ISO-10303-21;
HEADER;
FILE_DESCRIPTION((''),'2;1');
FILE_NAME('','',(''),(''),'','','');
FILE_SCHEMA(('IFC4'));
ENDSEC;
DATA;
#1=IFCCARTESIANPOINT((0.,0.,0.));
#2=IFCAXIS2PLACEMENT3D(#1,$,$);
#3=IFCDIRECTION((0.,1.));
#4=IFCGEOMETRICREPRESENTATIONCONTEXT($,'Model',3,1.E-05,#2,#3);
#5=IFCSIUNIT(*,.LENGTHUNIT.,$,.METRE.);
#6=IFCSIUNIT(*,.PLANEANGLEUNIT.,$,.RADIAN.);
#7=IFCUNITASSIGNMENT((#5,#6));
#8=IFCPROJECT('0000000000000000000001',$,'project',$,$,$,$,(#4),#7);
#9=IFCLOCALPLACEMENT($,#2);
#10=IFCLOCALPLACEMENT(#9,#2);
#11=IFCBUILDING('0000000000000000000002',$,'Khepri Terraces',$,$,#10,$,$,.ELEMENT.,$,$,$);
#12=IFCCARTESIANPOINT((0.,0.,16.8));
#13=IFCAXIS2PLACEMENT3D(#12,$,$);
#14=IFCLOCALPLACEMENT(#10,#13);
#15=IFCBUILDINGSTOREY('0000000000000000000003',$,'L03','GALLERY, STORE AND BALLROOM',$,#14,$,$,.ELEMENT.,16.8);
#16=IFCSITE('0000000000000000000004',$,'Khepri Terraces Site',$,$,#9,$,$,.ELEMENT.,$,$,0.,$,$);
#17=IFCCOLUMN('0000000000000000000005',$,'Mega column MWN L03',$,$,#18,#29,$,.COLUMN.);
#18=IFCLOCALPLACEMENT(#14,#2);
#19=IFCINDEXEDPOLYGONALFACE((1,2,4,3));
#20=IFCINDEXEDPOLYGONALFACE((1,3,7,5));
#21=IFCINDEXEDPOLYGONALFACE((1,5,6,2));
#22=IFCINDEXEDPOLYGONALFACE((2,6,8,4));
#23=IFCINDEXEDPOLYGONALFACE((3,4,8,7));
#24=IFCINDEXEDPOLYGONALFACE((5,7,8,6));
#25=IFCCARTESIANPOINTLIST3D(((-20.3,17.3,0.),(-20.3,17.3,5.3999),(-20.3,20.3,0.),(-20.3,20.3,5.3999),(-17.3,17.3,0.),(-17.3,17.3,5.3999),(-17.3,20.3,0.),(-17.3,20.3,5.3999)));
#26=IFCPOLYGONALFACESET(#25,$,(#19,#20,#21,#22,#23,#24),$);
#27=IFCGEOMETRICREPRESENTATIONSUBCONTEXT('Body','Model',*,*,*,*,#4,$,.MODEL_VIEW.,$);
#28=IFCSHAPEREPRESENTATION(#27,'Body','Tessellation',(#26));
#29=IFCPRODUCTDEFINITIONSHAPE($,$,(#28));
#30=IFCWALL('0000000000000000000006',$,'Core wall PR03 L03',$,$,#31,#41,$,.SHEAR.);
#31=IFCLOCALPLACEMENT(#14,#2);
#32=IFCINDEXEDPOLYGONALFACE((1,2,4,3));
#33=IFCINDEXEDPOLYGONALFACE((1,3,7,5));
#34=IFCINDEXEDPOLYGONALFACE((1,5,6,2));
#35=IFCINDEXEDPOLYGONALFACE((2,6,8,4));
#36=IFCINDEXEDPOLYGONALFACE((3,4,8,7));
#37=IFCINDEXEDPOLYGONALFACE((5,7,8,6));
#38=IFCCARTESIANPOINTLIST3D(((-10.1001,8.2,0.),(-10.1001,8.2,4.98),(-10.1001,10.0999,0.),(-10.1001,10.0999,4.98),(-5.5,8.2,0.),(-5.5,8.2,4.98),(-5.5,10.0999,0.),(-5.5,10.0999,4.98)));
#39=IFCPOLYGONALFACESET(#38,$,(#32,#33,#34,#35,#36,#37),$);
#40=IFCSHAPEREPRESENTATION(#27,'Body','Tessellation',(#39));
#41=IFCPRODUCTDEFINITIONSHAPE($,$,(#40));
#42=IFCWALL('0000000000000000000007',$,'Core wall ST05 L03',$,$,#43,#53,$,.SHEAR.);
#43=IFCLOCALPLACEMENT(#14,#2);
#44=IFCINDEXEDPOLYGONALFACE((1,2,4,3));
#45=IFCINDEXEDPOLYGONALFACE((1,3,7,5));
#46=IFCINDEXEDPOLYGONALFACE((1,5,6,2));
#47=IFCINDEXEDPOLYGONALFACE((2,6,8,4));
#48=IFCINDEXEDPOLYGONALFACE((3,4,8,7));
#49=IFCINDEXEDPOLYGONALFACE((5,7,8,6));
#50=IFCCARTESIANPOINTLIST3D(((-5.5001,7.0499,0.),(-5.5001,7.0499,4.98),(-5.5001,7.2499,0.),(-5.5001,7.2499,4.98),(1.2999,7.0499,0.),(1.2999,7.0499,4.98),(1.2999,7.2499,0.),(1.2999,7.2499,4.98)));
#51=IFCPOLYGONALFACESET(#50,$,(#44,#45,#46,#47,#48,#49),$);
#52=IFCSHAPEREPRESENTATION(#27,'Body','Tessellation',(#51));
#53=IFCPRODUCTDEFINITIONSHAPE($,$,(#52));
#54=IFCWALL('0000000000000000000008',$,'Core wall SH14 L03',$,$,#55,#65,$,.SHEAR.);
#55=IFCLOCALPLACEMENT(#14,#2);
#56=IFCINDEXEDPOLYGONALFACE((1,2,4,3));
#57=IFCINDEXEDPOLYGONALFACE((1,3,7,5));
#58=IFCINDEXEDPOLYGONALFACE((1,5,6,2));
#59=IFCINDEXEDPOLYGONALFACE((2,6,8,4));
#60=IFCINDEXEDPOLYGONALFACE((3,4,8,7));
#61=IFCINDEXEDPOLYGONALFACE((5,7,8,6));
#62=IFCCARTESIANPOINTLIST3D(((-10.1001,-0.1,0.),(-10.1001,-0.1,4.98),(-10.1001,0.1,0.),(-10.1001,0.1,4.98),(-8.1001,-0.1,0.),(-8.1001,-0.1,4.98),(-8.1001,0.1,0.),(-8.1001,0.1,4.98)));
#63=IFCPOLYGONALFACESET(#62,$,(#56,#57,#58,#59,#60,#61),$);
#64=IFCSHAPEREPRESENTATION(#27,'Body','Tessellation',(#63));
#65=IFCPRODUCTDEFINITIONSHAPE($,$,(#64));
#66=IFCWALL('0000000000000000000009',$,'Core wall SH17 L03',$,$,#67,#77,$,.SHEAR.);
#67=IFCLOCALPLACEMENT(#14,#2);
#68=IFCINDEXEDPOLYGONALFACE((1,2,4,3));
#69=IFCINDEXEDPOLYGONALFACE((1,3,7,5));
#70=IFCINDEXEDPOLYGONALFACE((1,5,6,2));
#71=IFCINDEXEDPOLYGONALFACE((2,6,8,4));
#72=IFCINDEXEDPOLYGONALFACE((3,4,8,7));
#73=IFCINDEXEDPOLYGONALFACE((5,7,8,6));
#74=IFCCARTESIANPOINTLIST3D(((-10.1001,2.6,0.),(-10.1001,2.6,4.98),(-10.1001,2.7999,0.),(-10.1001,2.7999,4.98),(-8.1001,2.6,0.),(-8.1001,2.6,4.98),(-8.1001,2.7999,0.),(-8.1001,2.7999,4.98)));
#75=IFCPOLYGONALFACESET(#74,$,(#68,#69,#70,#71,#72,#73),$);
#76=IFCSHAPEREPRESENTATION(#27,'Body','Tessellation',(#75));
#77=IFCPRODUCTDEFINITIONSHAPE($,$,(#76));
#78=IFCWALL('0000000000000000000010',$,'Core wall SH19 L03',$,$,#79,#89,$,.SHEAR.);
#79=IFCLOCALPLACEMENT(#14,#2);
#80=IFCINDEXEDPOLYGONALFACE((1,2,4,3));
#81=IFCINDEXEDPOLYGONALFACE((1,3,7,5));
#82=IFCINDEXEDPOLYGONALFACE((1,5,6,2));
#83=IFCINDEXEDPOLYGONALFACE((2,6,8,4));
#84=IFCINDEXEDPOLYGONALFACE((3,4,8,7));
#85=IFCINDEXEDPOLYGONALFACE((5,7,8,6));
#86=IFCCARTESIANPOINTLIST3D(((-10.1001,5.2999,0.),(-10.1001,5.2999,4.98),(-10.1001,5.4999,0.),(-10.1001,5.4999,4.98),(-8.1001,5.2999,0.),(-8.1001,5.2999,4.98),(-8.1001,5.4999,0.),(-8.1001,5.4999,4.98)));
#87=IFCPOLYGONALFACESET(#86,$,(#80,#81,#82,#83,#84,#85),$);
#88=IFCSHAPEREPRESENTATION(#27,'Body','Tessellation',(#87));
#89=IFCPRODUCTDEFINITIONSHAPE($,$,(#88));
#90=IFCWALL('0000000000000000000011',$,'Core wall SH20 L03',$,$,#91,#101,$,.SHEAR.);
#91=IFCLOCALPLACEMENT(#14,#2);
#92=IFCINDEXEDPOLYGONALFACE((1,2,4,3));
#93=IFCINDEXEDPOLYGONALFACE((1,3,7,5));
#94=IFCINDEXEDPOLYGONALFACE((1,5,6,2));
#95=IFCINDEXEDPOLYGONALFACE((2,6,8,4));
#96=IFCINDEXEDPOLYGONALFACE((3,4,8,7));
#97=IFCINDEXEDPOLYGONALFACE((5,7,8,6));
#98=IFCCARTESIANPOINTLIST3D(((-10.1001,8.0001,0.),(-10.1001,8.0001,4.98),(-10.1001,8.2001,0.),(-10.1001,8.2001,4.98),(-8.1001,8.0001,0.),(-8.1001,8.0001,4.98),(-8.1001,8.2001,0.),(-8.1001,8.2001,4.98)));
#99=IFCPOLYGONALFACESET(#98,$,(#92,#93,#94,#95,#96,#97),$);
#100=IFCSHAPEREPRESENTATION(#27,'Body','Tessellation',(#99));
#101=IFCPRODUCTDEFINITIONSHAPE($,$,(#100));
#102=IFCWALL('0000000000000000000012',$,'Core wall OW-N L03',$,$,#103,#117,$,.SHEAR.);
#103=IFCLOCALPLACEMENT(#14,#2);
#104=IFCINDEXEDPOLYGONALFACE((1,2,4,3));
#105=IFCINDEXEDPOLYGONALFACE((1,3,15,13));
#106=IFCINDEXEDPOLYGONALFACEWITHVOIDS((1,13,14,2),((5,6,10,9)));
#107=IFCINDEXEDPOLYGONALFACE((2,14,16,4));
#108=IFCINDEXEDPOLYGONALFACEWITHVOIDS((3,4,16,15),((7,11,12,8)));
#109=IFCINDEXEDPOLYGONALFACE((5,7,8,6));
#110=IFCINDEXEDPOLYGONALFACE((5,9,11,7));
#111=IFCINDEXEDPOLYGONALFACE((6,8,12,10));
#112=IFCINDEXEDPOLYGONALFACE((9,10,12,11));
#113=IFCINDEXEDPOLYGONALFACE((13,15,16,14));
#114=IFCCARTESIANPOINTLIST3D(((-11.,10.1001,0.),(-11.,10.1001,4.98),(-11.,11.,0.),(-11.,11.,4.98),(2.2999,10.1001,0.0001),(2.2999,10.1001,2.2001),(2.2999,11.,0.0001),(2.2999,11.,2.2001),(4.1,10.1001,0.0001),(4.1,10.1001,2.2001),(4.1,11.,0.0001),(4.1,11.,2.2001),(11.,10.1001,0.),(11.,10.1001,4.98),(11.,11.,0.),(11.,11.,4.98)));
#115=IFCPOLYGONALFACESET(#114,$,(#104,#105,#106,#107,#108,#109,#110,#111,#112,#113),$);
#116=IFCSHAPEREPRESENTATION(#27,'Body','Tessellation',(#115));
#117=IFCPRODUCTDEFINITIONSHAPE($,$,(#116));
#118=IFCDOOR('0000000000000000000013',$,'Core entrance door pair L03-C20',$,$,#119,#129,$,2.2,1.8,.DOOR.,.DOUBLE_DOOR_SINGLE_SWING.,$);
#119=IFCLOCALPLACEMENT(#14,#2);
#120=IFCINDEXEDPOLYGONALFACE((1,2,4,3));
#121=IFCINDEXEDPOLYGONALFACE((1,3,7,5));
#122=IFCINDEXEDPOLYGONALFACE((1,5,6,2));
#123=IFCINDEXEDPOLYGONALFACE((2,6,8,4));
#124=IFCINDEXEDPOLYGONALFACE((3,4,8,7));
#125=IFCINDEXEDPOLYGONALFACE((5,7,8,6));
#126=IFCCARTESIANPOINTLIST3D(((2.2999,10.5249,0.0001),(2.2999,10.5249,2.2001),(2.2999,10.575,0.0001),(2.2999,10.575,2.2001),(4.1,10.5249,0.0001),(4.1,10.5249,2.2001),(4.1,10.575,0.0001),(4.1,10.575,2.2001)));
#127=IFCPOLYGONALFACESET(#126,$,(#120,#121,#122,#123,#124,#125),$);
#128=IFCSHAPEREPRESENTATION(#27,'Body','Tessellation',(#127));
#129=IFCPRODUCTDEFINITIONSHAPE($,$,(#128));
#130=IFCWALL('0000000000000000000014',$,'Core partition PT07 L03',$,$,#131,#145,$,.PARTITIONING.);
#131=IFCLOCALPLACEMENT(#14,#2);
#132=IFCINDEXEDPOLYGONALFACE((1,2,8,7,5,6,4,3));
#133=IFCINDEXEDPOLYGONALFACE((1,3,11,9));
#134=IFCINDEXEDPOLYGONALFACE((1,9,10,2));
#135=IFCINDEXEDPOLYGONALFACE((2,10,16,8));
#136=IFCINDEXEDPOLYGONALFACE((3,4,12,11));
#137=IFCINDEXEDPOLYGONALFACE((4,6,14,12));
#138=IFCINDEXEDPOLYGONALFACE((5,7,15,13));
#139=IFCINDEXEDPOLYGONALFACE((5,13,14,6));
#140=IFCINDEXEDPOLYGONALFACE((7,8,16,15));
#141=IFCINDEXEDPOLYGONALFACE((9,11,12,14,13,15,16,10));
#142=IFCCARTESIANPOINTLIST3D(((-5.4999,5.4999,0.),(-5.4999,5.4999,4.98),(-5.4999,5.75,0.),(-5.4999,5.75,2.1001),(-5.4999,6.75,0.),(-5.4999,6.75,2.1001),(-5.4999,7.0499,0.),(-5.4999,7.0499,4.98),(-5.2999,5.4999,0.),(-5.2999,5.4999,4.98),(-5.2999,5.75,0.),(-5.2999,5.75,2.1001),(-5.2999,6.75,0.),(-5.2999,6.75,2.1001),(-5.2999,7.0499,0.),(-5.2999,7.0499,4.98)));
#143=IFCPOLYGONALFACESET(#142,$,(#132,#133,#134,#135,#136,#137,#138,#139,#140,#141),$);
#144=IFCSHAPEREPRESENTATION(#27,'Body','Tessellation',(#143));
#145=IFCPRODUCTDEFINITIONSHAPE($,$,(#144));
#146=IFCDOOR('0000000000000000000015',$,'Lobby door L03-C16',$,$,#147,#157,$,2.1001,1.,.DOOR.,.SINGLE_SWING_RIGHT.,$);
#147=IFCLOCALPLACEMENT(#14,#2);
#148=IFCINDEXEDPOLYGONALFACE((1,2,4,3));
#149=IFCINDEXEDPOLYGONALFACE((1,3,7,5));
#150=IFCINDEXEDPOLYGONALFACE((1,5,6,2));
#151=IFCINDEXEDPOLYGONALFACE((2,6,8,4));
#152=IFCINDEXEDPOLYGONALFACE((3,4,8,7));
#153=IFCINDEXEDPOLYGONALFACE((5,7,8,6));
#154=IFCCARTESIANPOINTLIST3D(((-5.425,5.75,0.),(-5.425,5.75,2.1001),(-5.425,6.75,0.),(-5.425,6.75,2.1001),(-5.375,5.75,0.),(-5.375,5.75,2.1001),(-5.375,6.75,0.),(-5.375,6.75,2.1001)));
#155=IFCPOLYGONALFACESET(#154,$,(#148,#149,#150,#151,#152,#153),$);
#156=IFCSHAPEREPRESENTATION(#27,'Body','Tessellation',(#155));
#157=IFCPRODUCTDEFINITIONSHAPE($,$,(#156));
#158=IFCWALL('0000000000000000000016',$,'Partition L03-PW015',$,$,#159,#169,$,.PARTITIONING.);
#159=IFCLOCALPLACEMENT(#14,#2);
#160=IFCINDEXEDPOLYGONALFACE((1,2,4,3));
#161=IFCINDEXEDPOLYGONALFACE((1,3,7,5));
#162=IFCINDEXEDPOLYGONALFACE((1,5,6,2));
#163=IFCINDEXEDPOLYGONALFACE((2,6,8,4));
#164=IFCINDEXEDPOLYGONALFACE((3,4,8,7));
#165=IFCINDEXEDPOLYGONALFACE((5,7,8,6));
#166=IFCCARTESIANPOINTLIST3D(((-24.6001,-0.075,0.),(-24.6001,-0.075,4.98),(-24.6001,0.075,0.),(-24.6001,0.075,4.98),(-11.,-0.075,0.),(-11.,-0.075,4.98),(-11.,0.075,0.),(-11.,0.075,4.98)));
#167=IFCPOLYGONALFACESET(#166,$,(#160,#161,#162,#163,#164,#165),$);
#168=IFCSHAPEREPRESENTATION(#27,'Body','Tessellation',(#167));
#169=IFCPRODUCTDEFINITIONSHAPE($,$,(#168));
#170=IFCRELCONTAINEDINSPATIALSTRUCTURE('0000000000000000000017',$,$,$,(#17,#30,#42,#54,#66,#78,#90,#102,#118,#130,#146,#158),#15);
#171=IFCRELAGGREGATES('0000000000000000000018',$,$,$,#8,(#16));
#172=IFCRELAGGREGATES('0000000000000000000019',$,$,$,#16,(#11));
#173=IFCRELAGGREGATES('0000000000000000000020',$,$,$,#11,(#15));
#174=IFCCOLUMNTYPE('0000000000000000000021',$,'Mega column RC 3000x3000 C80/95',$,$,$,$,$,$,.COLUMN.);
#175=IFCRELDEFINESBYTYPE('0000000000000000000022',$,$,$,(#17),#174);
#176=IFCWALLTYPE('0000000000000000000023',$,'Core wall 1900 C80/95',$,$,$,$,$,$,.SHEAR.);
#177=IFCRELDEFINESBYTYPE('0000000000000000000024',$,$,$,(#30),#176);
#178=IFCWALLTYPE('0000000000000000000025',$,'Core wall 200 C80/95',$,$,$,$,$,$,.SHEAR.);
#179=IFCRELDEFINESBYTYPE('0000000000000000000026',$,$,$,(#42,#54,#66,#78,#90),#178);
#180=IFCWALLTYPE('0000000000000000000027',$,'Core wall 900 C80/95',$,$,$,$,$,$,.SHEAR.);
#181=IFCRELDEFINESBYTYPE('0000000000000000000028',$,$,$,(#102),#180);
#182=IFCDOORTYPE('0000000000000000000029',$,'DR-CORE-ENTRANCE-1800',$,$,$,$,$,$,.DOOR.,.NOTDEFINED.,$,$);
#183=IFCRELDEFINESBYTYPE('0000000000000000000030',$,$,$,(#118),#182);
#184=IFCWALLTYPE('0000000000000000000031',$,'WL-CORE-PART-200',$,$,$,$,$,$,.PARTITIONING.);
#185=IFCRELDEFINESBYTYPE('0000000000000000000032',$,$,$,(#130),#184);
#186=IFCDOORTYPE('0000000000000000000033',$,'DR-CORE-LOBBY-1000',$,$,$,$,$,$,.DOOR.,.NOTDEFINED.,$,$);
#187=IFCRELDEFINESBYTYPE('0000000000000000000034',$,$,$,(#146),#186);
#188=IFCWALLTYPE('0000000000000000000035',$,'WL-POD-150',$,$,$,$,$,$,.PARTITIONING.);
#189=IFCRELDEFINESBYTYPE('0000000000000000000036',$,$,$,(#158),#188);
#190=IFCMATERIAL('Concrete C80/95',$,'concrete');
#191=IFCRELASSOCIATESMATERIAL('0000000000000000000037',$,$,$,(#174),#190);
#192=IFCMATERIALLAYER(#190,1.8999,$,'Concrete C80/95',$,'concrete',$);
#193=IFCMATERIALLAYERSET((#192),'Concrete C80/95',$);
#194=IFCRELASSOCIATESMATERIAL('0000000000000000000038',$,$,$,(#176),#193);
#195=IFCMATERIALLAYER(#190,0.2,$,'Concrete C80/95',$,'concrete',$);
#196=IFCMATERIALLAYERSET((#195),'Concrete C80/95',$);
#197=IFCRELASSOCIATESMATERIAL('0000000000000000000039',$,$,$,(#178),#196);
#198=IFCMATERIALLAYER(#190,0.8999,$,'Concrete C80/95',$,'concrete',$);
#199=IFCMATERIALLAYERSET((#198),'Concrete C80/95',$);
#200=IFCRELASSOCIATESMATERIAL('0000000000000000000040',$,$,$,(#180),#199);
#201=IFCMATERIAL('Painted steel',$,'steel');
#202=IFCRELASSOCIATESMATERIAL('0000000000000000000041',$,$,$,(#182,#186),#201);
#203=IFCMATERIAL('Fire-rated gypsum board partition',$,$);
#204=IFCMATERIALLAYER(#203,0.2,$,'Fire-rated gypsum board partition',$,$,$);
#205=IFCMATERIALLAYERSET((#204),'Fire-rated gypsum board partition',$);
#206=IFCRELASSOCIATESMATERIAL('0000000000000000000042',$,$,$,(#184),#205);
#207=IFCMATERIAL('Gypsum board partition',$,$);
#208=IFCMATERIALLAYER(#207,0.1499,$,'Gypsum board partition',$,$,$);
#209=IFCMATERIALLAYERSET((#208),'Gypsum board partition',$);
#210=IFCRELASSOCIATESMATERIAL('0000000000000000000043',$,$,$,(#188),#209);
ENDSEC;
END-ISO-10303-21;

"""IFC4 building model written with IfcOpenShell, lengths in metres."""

from ifc_helpers import new_model, si_unit, direction, frame, frame_2d, origin, origin_2d, place, context, subcontext, project, spatial, rectangle, extrude, material, layer, layer_set, material_profile, profile_set, type_object, element, fill, save


model = new_model("IFC4")

# Units and contexts
model_context = context("Model", 3, precision=1e-05, world=origin(), true_north=direction((0.0, 1.0)))
body_context = subcontext(model_context, "Body", "Model", "MODEL_VIEW")
ifc_project = project(units=[si_unit("LENGTHUNIT", "METRE"), si_unit("PLANEANGLEUNIT", "RADIAN")], contexts=[model_context])

# Site, building, storey
site_placement = place(None, origin())
site = spatial("IfcSite", under=ifc_project, at=site_placement, Name="Khepri Terraces Site", CompositionType="ELEMENT", RefElevation=0.0)
building_placement = place(site_placement, origin())
building = spatial("IfcBuilding", under=site, at=building_placement, Name="Khepri Terraces", CompositionType="ELEMENT")
storey_placement = place(building_placement, frame((0.0, 0.0, 16.8)))
storey = spatial("IfcBuildingStorey", under=building, at=storey_placement, Name="L03", Description="GALLERY, STORE AND BALLROOM", CompositionType="ELEMENT", Elevation=16.8)

# Column
ifc_material_1 = material(Name="Concrete C80/95", Category="concrete")
ifc_material_profile = material_profile(ifc_material_1, rectangle(XDim=3.0, YDim=3.0, at=origin_2d()), Name="Concrete C80/95", Category="concrete")
ifc_profile_set = profile_set([ifc_material_profile], Name="Concrete C80/95")
column_type = type_object("IfcColumnType", Name="Mega column RC 3000x3000 C80/95", PredefinedType="COLUMN", material=ifc_profile_set)
column_placement = place(storey_placement, frame((-18.8, 18.8, 0.0), z_axis=(0.0, 0.0, 1.0), x_axis=(1.0, 0.0, 0.0)))
element("IfcColumn", 1, at=column_placement, inside=storey, type_object=column_type, Name="Mega column MWN L03", PredefinedType="COLUMN", context=body_context, shape_type="SweptSolid", body=[
    extrude(rectangle(XDim=3.0, YDim=3.0, at=origin_2d()), origin(), (0.0, 0.0, 1.0), 5.3999),
])

# Walls
ifc_layer_1 = layer(ifc_material_1, 1.8999, Name="Concrete C80/95", Category="concrete")
ifc_layer_set_1 = layer_set([ifc_layer_1], Name="Concrete C80/95")
wall_type_1 = type_object("IfcWallType", Name="Core wall 1900 C80/95", PredefinedType="SHEAR", material=ifc_layer_set_1)
wall_1_placement = place(storey_placement, frame((-10.1001, 9.1499, 0.0), z_axis=(0.0, 0.0, 1.0), x_axis=(1.0, 0.0, 0.0)))
element("IfcWall", 2, at=wall_1_placement, inside=storey, type_object=wall_type_1, Name="Core wall PR03 L03", PredefinedType="SHEAR", context=body_context, shape_type="SweptSolid", body=[
    extrude(rectangle(XDim=4.6001, YDim=1.8999, at=frame_2d((2.3, 0.0))), origin(), (0.0, 0.0, 1.0), 4.98),
])
ifc_layer_2 = layer(ifc_material_1, 0.2, Name="Concrete C80/95", Category="concrete")
ifc_layer_set_2 = layer_set([ifc_layer_2], Name="Concrete C80/95")
wall_type_2 = type_object("IfcWallType", Name="Core wall 200 C80/95", PredefinedType="SHEAR", material=ifc_layer_set_2)
wall_2_placement = place(storey_placement, frame((-5.5, 7.1499, 0.0), z_axis=(0.0, 0.0, 1.0), x_axis=(1.0, 0.0, 0.0)))
element("IfcWall", 3, at=wall_2_placement, inside=storey, type_object=wall_type_2, Name="Core wall ST05 L03", PredefinedType="SHEAR", context=body_context, shape_type="SweptSolid", body=[
    extrude(rectangle(XDim=6.8, YDim=0.2, at=frame_2d((3.3999, 0.0))), origin(), (0.0, 0.0, 1.0), 4.98),
])
for number, where, z_axis, x_axis, name in (
    (4, (-10.1001, 0.0, 0.0), (0.0, 0.0, 1.0), (1.0, 0.0, 0.0), "Core wall SH14 L03"),
    (5, (-10.1001, 2.7, 0.0), (0.0, 0.0, 1.0), (1.0, 0.0, 0.0), "Core wall SH17 L03"),
    (6, (-10.1001, 5.3999, 0.0), (0.0, 0.0, 1.0), (1.0, 0.0, 0.0), "Core wall SH19 L03"),
    (7, (-10.1001, 8.1001, 0.0), (0.0, 0.0, 1.0), (1.0, 0.0, 0.0), "Core wall SH20 L03"),
):
    element("IfcWall", number, at=place(storey_placement, frame(where, z_axis=z_axis, x_axis=x_axis)), inside=storey, type_object=wall_type_2, Name=name, PredefinedType="SHEAR", context=body_context, shape_type="SweptSolid", body=[
        extrude(rectangle(XDim=2.0, YDim=0.2, at=frame_2d((1.0, 0.0))), origin(), (0.0, 0.0, 1.0), 4.98),
    ])

# Walls, openings, doors
ifc_layer_3 = layer(ifc_material_1, 0.8999, Name="Concrete C80/95", Category="concrete")
ifc_layer_set_3 = layer_set([ifc_layer_3], Name="Concrete C80/95")
wall_type_3 = type_object("IfcWallType", Name="Core wall 900 C80/95", PredefinedType="SHEAR", material=ifc_layer_set_3)
wall_3_placement = place(storey_placement, frame((-11.0, 10.55, 0.0), z_axis=(0.0, 0.0, 1.0), x_axis=(1.0, 0.0, 0.0)))
wall_3 = element("IfcWall", 8, at=wall_3_placement, inside=storey, type_object=wall_type_3, Name="Core wall OW-N L03", PredefinedType="SHEAR", context=body_context, shape_type="SweptSolid", body=[
    extrude(rectangle(XDim=22.0, YDim=0.8999, at=frame_2d((11.0, 0.0))), origin(), (0.0, 0.0, 1.0), 4.98),
])
opening_1_placement = place(wall_3_placement, frame((13.3, 0.0, 0.0)))
opening_1 = element("IfcOpeningElement", 9, at=opening_1_placement, cuts=wall_3, PredefinedType="OPENING", context=body_context, shape_type="SweptSolid", body=[
    extrude(rectangle(XDim=1.8, YDim=2.2, at=frame_2d((0.8999, 1.1001))), frame((0.0, 0.46, 0.0), z_axis=(0.0, -1.0, 0.0), x_axis=(1.0, 0.0, 0.0)), (0.0, 0.0, 1.0), 0.9199),
])
ifc_material_2 = material(Name="Painted steel", Category="steel")
door_type_1 = type_object("IfcDoorType", Name="DR-CORE-ENTRANCE-1800", OperationType="NOTDEFINED", PredefinedType="DOOR", material=ifc_material_2)
door_1_placement = place(opening_1_placement, origin())
door_1 = element("IfcDoor", 10, at=door_1_placement, inside=storey, type_object=door_type_1, Name="Core entrance door pair L03-C20", OperationType="DOUBLE_DOOR_SINGLE_SWING", OverallHeight=2.2, OverallWidth=1.8, PredefinedType="DOOR", context=body_context, shape_type="SweptSolid", body=[
    extrude(rectangle(XDim=1.8, YDim=2.2, at=frame_2d((0.8999, 1.1001))), frame((0.0, 0.0249, 0.0), z_axis=(0.0, -1.0, 0.0), x_axis=(1.0, 0.0, 0.0)), (0.0, 0.0, 1.0), 0.05),
])
fill(opening_1, door_1)
ifc_material_3 = material(Name="Fire-rated gypsum board partition")
ifc_layer_4 = layer(ifc_material_3, 0.2, Name="Fire-rated gypsum board partition")
ifc_layer_set_4 = layer_set([ifc_layer_4], Name="Fire-rated gypsum board partition")
wall_type_4 = type_object("IfcWallType", Name="WL-CORE-PART-200", PredefinedType="PARTITIONING", material=ifc_layer_set_4)
wall_4_placement = place(storey_placement, frame((-5.3999, 5.5, 0.0), z_axis=(0.0, 0.0, 1.0), x_axis=(0.0, 1.0, 0.0)))
wall_4 = element("IfcWall", 11, at=wall_4_placement, inside=storey, type_object=wall_type_4, Name="Core partition PT07 L03", PredefinedType="PARTITIONING", context=body_context, shape_type="SweptSolid", body=[
    extrude(rectangle(XDim=1.55, YDim=0.2, at=frame_2d((0.7749, 0.0))), origin(), (0.0, 0.0, 1.0), 4.98),
])
opening_2_placement = place(wall_4_placement, frame((0.25, 0.0, 0.0)))
opening_2 = element("IfcOpeningElement", 12, at=opening_2_placement, cuts=wall_4, PredefinedType="OPENING", context=body_context, shape_type="SweptSolid", body=[
    extrude(rectangle(XDim=1.0, YDim=2.1001, at=frame_2d((0.5, 1.05))), frame((0.0, 0.1099, 0.0), z_axis=(0.0, -1.0, 0.0), x_axis=(1.0, 0.0, 0.0)), (0.0, 0.0, 1.0), 0.22),
])
door_type_2 = type_object("IfcDoorType", Name="DR-CORE-LOBBY-1000", OperationType="NOTDEFINED", PredefinedType="DOOR", material=ifc_material_2)
door_2_placement = place(opening_2_placement, frame((1.0, 0.0, 0.0), z_axis=(0.0, 0.0, 1.0), x_axis=(-1.0, 0.0, 0.0)))
door_2 = element("IfcDoor", 13, at=door_2_placement, inside=storey, type_object=door_type_2, Name="Lobby door L03-C16", OperationType="SINGLE_SWING_RIGHT", OverallHeight=2.1001, OverallWidth=1.0, PredefinedType="DOOR", context=body_context, shape_type="SweptSolid", body=[
    extrude(rectangle(XDim=1.0, YDim=2.1001, at=frame_2d((0.5, 1.05))), frame((0.0, 0.0249, 0.0), z_axis=(0.0, -1.0, 0.0), x_axis=(1.0, 0.0, 0.0)), (0.0, 0.0, 1.0), 0.05),
])
fill(opening_2, door_2)

# Wall
ifc_material_4 = material(Name="Gypsum board partition")
ifc_layer_5 = layer(ifc_material_4, 0.1499, Name="Gypsum board partition")
ifc_layer_set_5 = layer_set([ifc_layer_5], Name="Gypsum board partition")
wall_type_5 = type_object("IfcWallType", Name="WL-POD-150", PredefinedType="PARTITIONING", material=ifc_layer_set_5)
wall_5_placement = place(storey_placement, frame((-24.6001, 0.0, 0.0), z_axis=(0.0, 0.0, 1.0), x_axis=(1.0, 0.0, 0.0)))
element("IfcWall", 14, at=wall_5_placement, inside=storey, type_object=wall_type_5, Name="Partition L03-PW015", PredefinedType="PARTITIONING", context=body_context, shape_type="SweptSolid", body=[
    extrude(rectangle(XDim=13.6001, YDim=0.1499, at=frame_2d((6.8, 0.0))), origin(), (0.0, 0.0, 1.0), 4.98),
])

save(model, "model.ifc")
